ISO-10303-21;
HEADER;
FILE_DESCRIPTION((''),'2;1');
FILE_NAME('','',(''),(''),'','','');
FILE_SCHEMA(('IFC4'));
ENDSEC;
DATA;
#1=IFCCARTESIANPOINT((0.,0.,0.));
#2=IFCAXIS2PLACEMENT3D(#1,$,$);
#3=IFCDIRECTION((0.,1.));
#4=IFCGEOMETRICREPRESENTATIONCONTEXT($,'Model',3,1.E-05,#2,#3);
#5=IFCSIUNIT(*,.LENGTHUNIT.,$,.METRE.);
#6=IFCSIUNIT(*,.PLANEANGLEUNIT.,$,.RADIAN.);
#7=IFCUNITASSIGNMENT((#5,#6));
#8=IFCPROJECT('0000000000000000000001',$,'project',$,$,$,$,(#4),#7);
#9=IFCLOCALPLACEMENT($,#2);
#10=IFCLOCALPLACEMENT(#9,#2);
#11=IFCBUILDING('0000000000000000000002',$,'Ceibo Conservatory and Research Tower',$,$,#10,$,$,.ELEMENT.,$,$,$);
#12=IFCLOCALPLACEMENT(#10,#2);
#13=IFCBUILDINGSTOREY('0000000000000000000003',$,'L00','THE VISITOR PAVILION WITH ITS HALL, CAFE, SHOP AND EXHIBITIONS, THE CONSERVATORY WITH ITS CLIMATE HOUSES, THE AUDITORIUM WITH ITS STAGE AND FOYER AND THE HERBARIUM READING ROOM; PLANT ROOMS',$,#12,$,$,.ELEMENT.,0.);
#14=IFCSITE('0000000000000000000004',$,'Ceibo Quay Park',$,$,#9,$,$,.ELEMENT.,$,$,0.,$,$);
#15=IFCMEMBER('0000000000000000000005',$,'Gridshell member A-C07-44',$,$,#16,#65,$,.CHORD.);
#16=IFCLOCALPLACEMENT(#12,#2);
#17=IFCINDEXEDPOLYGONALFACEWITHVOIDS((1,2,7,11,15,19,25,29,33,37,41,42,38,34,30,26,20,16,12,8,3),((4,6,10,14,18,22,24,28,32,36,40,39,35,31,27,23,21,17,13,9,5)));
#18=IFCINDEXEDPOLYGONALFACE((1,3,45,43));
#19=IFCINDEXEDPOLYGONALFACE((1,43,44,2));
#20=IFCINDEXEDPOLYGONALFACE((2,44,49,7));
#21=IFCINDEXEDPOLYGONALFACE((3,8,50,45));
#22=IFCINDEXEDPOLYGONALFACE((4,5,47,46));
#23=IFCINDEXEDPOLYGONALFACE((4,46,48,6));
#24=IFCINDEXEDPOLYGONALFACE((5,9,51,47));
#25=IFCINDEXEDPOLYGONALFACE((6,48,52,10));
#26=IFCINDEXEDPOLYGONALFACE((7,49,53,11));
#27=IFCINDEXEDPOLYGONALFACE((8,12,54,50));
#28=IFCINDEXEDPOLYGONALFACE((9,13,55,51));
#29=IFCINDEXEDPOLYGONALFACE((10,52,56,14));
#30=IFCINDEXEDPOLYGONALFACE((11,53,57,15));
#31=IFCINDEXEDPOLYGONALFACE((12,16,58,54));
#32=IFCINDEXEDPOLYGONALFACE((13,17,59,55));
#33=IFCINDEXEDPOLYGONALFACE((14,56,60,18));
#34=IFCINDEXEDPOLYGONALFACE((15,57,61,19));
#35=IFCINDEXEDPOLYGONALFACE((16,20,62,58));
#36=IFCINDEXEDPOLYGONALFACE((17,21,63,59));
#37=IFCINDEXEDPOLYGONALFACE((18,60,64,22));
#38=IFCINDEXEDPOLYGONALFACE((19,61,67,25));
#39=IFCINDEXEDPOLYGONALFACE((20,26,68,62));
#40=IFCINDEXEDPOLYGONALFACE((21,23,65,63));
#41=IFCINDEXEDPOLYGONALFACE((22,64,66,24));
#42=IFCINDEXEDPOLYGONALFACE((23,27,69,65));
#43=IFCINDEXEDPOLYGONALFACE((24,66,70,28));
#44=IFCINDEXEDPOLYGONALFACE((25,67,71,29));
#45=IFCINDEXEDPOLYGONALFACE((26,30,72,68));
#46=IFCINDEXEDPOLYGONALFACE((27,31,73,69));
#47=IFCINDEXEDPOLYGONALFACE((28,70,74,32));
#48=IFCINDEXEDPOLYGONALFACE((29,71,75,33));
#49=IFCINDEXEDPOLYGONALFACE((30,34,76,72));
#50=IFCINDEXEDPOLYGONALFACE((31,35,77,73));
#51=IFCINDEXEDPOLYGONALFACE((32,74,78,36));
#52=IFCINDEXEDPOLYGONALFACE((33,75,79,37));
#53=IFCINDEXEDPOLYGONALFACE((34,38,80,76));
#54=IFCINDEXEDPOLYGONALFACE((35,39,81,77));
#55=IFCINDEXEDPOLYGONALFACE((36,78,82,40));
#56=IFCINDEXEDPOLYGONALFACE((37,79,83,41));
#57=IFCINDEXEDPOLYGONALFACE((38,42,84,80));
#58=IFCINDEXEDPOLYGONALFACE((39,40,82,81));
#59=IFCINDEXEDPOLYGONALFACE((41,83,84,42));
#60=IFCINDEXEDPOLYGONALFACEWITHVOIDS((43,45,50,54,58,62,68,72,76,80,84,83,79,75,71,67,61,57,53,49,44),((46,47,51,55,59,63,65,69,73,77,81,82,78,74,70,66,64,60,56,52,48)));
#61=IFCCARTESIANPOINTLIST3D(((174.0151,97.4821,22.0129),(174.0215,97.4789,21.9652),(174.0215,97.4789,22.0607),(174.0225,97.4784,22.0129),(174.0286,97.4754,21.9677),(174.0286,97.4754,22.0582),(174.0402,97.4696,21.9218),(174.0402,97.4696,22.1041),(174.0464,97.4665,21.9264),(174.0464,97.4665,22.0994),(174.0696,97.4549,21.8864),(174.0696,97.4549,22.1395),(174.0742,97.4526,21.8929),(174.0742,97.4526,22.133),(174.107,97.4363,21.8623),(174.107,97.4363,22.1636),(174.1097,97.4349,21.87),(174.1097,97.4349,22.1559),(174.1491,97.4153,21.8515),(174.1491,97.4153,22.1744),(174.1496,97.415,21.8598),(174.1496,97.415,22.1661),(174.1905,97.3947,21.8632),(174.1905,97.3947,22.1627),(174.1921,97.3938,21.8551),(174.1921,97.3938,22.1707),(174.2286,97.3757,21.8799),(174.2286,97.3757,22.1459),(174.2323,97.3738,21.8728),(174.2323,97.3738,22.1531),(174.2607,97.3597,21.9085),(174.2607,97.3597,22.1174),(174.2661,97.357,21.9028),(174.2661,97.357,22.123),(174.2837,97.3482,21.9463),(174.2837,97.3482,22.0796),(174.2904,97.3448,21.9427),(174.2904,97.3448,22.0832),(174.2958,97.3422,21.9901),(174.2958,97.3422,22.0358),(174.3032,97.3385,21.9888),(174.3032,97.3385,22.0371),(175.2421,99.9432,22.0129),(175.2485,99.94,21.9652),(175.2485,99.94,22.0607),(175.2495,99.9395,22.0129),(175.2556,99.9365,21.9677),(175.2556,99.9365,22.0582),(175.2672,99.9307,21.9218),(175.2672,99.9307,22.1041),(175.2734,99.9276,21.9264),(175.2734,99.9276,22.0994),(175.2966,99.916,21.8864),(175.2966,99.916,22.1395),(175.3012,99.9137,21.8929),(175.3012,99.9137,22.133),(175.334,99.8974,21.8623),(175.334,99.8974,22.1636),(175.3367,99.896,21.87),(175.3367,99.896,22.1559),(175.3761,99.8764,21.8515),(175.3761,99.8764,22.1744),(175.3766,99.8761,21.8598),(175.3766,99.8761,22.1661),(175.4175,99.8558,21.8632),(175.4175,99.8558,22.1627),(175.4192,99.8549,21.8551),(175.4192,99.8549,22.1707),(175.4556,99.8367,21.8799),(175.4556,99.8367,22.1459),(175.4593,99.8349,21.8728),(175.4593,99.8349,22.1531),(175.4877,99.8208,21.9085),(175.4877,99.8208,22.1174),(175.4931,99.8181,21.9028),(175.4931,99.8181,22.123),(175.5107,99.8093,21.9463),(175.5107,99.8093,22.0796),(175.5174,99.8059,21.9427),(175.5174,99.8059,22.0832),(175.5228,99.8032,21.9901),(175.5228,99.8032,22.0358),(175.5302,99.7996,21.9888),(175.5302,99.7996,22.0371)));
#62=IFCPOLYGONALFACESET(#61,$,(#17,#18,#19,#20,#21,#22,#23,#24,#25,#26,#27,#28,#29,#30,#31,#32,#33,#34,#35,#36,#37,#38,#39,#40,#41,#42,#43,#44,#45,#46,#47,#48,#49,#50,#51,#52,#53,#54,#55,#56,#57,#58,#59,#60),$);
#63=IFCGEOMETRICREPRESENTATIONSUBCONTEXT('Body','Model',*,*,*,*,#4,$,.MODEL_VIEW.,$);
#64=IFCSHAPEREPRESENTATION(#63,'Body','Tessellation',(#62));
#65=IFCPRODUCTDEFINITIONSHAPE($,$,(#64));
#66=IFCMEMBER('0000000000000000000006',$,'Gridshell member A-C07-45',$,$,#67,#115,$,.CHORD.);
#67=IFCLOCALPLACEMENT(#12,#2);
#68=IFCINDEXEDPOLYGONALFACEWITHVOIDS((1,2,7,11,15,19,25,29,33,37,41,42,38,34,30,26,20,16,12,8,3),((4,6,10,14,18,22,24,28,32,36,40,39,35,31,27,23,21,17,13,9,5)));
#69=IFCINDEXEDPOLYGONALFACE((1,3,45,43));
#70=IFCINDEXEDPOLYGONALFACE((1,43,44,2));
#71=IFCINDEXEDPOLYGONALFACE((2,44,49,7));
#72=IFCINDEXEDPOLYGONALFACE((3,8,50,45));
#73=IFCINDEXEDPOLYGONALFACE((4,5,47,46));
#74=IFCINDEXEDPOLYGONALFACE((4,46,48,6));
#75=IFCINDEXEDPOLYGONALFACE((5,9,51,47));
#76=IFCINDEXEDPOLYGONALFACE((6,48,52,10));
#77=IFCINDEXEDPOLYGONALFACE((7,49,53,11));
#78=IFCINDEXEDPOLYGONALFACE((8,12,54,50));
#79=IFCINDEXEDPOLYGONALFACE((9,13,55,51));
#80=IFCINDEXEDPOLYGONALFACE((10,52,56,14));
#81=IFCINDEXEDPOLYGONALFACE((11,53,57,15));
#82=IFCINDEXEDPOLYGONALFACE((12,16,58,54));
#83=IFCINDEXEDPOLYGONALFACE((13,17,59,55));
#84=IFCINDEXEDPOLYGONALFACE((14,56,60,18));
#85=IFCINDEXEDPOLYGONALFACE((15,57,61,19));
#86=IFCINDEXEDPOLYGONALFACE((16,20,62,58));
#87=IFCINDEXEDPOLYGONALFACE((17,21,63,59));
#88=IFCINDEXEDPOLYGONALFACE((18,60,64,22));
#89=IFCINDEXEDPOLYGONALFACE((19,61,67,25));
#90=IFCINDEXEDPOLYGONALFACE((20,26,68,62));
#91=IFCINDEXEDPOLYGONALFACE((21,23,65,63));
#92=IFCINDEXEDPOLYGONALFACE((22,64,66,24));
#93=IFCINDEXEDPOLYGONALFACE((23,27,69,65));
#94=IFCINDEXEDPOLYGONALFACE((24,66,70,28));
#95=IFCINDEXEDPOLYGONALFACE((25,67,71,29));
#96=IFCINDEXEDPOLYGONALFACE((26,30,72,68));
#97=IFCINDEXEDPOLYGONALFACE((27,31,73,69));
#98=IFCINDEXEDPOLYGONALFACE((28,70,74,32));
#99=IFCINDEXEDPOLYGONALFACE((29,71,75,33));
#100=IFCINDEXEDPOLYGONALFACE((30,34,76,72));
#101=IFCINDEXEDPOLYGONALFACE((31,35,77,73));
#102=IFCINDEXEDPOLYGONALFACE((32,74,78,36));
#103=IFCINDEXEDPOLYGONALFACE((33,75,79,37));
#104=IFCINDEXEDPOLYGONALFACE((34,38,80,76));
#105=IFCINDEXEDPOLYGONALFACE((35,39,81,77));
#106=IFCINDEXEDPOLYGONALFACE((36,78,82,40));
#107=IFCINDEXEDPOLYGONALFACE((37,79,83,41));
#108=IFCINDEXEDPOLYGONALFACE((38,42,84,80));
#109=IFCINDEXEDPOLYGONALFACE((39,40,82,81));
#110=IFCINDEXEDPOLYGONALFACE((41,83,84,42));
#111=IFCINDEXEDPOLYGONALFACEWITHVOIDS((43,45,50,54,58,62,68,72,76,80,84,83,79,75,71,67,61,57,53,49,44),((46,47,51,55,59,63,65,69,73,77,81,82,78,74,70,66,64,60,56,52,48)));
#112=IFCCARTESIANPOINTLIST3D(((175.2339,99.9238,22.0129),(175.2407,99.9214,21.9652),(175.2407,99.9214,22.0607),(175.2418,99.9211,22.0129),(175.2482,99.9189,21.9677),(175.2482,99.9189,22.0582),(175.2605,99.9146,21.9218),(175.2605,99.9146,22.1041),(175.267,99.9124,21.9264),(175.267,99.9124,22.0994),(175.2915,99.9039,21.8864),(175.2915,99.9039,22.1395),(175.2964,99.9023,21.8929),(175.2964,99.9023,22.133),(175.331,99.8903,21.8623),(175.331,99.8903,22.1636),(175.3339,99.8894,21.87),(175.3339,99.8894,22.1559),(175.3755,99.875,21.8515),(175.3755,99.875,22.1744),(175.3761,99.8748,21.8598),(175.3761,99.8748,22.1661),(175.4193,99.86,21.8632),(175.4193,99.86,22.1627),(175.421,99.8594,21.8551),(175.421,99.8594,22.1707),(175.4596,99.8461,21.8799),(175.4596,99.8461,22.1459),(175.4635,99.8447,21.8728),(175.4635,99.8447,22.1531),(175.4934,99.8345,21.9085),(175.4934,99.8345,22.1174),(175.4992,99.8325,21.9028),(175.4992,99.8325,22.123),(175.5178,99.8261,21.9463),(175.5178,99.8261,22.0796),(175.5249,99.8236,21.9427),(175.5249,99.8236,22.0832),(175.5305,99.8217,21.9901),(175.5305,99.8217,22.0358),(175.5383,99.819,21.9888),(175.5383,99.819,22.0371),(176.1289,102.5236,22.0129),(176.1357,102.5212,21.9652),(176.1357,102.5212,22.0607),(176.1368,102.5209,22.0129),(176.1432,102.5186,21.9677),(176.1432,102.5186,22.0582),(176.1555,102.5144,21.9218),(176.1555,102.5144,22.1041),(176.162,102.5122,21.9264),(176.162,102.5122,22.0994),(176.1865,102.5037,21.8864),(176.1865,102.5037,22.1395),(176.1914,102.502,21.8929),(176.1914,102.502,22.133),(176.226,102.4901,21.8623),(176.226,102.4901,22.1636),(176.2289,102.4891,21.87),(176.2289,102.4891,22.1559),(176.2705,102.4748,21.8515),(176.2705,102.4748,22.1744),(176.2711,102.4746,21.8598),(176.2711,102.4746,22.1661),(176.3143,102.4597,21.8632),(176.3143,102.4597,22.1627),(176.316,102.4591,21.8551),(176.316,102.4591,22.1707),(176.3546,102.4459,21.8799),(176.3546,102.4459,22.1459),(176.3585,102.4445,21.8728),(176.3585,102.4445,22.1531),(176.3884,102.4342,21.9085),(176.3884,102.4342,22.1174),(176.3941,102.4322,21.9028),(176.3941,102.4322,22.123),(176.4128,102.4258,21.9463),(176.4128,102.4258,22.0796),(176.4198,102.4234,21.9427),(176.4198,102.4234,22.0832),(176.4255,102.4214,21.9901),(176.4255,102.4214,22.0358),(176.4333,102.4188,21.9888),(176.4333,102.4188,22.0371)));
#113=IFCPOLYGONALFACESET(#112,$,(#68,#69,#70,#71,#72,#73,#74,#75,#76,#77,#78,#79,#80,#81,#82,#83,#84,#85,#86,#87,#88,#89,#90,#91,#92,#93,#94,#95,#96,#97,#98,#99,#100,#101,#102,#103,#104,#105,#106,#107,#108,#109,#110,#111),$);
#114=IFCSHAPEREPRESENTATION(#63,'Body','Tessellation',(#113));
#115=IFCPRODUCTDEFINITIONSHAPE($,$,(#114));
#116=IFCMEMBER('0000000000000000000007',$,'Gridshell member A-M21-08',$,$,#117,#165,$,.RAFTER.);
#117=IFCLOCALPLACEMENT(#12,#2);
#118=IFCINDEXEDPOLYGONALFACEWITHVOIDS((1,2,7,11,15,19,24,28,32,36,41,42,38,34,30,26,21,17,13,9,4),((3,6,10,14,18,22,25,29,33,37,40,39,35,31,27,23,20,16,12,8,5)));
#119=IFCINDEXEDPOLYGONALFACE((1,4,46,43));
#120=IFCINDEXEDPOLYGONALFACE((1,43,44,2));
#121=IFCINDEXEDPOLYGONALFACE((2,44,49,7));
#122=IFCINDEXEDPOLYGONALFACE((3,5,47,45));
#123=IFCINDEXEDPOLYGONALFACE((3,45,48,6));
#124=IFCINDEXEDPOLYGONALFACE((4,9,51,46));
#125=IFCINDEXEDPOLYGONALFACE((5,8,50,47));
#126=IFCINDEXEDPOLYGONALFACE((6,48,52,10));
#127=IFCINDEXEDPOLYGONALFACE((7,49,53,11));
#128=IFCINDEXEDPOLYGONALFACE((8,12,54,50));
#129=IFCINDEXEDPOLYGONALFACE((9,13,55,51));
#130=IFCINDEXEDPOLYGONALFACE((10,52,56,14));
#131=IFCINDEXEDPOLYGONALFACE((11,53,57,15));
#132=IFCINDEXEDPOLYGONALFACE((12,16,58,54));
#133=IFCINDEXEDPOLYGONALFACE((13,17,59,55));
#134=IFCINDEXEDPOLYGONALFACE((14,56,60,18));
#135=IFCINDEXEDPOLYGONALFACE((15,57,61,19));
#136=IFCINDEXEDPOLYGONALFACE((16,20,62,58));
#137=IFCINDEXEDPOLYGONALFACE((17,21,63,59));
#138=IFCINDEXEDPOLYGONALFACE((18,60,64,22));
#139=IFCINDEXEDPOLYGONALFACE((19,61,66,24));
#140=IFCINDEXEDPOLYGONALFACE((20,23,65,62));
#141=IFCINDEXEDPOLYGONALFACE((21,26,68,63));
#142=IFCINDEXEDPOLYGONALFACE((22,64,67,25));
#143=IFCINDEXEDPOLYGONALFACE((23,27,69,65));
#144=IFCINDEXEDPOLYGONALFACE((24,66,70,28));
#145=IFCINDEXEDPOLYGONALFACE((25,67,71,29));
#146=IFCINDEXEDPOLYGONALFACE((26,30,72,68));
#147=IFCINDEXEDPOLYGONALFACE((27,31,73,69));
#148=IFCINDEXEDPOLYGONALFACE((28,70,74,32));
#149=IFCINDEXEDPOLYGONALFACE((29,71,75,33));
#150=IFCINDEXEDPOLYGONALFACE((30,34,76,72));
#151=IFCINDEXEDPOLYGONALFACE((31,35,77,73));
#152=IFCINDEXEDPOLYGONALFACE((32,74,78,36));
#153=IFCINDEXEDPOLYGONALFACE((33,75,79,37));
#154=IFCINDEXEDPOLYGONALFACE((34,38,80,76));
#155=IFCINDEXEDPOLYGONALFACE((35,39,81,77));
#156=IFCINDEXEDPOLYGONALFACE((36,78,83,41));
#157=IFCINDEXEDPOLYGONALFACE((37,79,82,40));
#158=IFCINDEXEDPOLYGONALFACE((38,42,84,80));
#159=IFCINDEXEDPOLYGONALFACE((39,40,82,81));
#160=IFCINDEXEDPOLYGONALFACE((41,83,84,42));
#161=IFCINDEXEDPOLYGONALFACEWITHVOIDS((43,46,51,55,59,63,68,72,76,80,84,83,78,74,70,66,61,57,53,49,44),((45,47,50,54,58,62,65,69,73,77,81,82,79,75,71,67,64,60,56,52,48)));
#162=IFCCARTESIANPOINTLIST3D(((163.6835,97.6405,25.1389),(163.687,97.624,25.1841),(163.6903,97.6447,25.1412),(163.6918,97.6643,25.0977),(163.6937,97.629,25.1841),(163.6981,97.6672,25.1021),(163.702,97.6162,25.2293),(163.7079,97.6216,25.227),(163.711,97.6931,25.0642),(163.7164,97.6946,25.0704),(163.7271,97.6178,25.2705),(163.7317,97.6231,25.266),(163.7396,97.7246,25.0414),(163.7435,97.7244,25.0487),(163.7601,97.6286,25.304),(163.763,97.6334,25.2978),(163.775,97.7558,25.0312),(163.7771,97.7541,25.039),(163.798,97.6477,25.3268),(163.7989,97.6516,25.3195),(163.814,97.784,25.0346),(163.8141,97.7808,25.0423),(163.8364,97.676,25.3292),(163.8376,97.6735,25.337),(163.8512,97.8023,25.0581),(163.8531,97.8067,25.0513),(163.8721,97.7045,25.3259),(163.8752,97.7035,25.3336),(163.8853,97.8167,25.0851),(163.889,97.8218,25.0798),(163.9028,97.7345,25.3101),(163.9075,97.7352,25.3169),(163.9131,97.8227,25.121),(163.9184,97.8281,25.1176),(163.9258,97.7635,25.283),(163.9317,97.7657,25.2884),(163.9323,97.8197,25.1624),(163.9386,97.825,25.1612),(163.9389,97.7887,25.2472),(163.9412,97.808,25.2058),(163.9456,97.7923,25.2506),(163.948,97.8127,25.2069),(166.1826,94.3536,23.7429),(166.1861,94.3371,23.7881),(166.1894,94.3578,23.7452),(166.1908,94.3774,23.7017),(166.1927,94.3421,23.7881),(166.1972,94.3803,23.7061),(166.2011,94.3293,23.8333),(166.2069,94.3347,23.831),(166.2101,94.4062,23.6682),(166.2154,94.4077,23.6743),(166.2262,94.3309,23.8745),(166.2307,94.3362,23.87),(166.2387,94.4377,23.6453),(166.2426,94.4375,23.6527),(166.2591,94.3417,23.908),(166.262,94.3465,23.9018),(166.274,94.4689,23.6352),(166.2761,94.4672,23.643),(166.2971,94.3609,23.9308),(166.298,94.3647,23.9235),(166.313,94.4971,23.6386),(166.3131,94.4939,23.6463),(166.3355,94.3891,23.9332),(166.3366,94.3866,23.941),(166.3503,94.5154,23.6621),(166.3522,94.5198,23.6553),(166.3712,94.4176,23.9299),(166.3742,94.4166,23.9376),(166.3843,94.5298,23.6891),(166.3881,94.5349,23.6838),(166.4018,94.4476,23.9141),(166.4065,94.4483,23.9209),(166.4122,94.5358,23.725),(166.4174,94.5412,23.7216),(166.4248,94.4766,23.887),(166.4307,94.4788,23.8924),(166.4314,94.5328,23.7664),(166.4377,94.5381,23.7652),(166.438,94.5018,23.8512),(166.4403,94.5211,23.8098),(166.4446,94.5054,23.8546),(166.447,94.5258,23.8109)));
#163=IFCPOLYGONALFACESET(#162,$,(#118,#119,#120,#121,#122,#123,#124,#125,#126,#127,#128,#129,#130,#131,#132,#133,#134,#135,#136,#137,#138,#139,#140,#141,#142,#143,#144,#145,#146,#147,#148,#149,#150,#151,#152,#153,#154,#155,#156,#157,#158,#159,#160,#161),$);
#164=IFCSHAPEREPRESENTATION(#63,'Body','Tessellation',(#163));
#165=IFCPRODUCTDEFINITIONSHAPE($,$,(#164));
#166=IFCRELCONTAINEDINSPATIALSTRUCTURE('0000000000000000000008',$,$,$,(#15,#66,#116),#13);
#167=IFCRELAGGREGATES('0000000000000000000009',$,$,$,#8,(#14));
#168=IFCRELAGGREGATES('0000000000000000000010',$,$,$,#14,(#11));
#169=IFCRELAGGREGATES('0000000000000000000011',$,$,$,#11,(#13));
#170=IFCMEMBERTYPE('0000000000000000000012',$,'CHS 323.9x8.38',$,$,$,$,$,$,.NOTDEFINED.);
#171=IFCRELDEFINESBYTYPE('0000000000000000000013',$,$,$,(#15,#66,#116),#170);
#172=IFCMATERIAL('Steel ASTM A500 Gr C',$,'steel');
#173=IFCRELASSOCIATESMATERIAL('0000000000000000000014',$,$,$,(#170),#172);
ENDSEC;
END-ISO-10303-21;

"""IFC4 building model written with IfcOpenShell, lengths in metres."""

from ifc_helpers import new_model, si_unit, direction, frame, origin, origin_2d, place, context, subcontext, project, spatial, hollow_circle, extrude, material, material_profile, profile_set, type_object, element, save


model = new_model("IFC4")

# Units and contexts
model_context = context("Model", 3, precision=1e-05, world=origin(), true_north=direction((0.0, 1.0)))
body_context = subcontext(model_context, "Body", "Model", "MODEL_VIEW")
ifc_project = project(units=[si_unit("LENGTHUNIT", "METRE"), si_unit("PLANEANGLEUNIT", "RADIAN")], contexts=[model_context])

# Site, building, storey
site_placement = place(None, origin())
site = spatial("IfcSite", under=ifc_project, at=site_placement, Name="Ceibo Quay Park", CompositionType="ELEMENT", RefElevation=0.0)
building_placement = place(site_placement, origin())
building = spatial("IfcBuilding", under=site, at=building_placement, Name="Ceibo Conservatory and Research Tower", CompositionType="ELEMENT")
storey_placement = place(building_placement, origin())
storey = spatial("IfcBuildingStorey", under=building, at=storey_placement, Name="L00", Description="THE VISITOR PAVILION WITH ITS HALL, CAFE, SHOP AND EXHIBITIONS, THE CONSERVATORY WITH ITS CLIMATE HOUSES, THE AUDITORIUM WITH ITS STAGE AND FOYER AND THE HERBARIUM READING ROOM; PLANT ROOMS", CompositionType="ELEMENT", Elevation=0.0)

# Members
ifc_material_1 = material(Name="Steel ASTM A500 Gr C", Category="steel")
ifc_material_profile_1 = material_profile(ifc_material_1, hollow_circle(Radius=0.1619, WallThickness=0.0083, at=origin_2d()), Name="CHS 323.9x8.38")
ifc_profile_set_1 = profile_set([ifc_material_profile_1], Name="Steel ASTM A500 Gr C")
member_type_1 = type_object("IfcMemberType", Name="CHS 323.9x8.38", PredefinedType="NOTDEFINED", material=ifc_profile_set_1)
member_1_placement = place(storey_placement, frame((174.1599, 97.4099, 22.0129), z_axis=(0.446184, 0.894941, 0.0), x_axis=(-0.894941, 0.446184, 0.0)))
element("IfcMember", 1, at=member_1_placement, inside=storey, type_object=member_type_1, Name="Gridshell member A-C07-44", PredefinedType="CHORD", context=body_context, shape_type="SweptSolid", body=[
    extrude(hollow_circle(Radius=0.1619, WallThickness=0.0083, at=origin_2d()), origin(), (0.0, 0.0, 1.0), 2.75),
])
member_2_placement = place(storey_placement, frame((175.387, 99.8711, 22.0129), z_axis=(0.325509, 0.945539, 0.0), x_axis=(-0.945539, 0.325509, 0.0)))
element("IfcMember", 2, at=member_2_placement, inside=storey, type_object=member_type_1, Name="Gridshell member A-C07-45", PredefinedType="CHORD", context=body_context, shape_type="SweptSolid", body=[
    extrude(hollow_circle(Radius=0.1619, WallThickness=0.0083, at=origin_2d()), origin(), (0.0, 0.0, 1.0), 2.7495),
])
member_3_placement = place(storey_placement, frame((166.3149, 94.4351, 23.7881), z_axis=(-0.573354, 0.75411, 0.320285), x_axis=(-0.796045, -0.605238, 0.0)))
element("IfcMember", 3, at=member_3_placement, inside=storey, type_object=member_type_1, Name="Gridshell member A-M21-08", PredefinedType="RAFTER", context=body_context, shape_type="SweptSolid", body=[
    extrude(hollow_circle(Radius=0.1619, WallThickness=0.0083, at=origin_2d()), origin(), (0.0, 0.0, 1.0), 4.3586),
])

save(model, "model.ifc")
